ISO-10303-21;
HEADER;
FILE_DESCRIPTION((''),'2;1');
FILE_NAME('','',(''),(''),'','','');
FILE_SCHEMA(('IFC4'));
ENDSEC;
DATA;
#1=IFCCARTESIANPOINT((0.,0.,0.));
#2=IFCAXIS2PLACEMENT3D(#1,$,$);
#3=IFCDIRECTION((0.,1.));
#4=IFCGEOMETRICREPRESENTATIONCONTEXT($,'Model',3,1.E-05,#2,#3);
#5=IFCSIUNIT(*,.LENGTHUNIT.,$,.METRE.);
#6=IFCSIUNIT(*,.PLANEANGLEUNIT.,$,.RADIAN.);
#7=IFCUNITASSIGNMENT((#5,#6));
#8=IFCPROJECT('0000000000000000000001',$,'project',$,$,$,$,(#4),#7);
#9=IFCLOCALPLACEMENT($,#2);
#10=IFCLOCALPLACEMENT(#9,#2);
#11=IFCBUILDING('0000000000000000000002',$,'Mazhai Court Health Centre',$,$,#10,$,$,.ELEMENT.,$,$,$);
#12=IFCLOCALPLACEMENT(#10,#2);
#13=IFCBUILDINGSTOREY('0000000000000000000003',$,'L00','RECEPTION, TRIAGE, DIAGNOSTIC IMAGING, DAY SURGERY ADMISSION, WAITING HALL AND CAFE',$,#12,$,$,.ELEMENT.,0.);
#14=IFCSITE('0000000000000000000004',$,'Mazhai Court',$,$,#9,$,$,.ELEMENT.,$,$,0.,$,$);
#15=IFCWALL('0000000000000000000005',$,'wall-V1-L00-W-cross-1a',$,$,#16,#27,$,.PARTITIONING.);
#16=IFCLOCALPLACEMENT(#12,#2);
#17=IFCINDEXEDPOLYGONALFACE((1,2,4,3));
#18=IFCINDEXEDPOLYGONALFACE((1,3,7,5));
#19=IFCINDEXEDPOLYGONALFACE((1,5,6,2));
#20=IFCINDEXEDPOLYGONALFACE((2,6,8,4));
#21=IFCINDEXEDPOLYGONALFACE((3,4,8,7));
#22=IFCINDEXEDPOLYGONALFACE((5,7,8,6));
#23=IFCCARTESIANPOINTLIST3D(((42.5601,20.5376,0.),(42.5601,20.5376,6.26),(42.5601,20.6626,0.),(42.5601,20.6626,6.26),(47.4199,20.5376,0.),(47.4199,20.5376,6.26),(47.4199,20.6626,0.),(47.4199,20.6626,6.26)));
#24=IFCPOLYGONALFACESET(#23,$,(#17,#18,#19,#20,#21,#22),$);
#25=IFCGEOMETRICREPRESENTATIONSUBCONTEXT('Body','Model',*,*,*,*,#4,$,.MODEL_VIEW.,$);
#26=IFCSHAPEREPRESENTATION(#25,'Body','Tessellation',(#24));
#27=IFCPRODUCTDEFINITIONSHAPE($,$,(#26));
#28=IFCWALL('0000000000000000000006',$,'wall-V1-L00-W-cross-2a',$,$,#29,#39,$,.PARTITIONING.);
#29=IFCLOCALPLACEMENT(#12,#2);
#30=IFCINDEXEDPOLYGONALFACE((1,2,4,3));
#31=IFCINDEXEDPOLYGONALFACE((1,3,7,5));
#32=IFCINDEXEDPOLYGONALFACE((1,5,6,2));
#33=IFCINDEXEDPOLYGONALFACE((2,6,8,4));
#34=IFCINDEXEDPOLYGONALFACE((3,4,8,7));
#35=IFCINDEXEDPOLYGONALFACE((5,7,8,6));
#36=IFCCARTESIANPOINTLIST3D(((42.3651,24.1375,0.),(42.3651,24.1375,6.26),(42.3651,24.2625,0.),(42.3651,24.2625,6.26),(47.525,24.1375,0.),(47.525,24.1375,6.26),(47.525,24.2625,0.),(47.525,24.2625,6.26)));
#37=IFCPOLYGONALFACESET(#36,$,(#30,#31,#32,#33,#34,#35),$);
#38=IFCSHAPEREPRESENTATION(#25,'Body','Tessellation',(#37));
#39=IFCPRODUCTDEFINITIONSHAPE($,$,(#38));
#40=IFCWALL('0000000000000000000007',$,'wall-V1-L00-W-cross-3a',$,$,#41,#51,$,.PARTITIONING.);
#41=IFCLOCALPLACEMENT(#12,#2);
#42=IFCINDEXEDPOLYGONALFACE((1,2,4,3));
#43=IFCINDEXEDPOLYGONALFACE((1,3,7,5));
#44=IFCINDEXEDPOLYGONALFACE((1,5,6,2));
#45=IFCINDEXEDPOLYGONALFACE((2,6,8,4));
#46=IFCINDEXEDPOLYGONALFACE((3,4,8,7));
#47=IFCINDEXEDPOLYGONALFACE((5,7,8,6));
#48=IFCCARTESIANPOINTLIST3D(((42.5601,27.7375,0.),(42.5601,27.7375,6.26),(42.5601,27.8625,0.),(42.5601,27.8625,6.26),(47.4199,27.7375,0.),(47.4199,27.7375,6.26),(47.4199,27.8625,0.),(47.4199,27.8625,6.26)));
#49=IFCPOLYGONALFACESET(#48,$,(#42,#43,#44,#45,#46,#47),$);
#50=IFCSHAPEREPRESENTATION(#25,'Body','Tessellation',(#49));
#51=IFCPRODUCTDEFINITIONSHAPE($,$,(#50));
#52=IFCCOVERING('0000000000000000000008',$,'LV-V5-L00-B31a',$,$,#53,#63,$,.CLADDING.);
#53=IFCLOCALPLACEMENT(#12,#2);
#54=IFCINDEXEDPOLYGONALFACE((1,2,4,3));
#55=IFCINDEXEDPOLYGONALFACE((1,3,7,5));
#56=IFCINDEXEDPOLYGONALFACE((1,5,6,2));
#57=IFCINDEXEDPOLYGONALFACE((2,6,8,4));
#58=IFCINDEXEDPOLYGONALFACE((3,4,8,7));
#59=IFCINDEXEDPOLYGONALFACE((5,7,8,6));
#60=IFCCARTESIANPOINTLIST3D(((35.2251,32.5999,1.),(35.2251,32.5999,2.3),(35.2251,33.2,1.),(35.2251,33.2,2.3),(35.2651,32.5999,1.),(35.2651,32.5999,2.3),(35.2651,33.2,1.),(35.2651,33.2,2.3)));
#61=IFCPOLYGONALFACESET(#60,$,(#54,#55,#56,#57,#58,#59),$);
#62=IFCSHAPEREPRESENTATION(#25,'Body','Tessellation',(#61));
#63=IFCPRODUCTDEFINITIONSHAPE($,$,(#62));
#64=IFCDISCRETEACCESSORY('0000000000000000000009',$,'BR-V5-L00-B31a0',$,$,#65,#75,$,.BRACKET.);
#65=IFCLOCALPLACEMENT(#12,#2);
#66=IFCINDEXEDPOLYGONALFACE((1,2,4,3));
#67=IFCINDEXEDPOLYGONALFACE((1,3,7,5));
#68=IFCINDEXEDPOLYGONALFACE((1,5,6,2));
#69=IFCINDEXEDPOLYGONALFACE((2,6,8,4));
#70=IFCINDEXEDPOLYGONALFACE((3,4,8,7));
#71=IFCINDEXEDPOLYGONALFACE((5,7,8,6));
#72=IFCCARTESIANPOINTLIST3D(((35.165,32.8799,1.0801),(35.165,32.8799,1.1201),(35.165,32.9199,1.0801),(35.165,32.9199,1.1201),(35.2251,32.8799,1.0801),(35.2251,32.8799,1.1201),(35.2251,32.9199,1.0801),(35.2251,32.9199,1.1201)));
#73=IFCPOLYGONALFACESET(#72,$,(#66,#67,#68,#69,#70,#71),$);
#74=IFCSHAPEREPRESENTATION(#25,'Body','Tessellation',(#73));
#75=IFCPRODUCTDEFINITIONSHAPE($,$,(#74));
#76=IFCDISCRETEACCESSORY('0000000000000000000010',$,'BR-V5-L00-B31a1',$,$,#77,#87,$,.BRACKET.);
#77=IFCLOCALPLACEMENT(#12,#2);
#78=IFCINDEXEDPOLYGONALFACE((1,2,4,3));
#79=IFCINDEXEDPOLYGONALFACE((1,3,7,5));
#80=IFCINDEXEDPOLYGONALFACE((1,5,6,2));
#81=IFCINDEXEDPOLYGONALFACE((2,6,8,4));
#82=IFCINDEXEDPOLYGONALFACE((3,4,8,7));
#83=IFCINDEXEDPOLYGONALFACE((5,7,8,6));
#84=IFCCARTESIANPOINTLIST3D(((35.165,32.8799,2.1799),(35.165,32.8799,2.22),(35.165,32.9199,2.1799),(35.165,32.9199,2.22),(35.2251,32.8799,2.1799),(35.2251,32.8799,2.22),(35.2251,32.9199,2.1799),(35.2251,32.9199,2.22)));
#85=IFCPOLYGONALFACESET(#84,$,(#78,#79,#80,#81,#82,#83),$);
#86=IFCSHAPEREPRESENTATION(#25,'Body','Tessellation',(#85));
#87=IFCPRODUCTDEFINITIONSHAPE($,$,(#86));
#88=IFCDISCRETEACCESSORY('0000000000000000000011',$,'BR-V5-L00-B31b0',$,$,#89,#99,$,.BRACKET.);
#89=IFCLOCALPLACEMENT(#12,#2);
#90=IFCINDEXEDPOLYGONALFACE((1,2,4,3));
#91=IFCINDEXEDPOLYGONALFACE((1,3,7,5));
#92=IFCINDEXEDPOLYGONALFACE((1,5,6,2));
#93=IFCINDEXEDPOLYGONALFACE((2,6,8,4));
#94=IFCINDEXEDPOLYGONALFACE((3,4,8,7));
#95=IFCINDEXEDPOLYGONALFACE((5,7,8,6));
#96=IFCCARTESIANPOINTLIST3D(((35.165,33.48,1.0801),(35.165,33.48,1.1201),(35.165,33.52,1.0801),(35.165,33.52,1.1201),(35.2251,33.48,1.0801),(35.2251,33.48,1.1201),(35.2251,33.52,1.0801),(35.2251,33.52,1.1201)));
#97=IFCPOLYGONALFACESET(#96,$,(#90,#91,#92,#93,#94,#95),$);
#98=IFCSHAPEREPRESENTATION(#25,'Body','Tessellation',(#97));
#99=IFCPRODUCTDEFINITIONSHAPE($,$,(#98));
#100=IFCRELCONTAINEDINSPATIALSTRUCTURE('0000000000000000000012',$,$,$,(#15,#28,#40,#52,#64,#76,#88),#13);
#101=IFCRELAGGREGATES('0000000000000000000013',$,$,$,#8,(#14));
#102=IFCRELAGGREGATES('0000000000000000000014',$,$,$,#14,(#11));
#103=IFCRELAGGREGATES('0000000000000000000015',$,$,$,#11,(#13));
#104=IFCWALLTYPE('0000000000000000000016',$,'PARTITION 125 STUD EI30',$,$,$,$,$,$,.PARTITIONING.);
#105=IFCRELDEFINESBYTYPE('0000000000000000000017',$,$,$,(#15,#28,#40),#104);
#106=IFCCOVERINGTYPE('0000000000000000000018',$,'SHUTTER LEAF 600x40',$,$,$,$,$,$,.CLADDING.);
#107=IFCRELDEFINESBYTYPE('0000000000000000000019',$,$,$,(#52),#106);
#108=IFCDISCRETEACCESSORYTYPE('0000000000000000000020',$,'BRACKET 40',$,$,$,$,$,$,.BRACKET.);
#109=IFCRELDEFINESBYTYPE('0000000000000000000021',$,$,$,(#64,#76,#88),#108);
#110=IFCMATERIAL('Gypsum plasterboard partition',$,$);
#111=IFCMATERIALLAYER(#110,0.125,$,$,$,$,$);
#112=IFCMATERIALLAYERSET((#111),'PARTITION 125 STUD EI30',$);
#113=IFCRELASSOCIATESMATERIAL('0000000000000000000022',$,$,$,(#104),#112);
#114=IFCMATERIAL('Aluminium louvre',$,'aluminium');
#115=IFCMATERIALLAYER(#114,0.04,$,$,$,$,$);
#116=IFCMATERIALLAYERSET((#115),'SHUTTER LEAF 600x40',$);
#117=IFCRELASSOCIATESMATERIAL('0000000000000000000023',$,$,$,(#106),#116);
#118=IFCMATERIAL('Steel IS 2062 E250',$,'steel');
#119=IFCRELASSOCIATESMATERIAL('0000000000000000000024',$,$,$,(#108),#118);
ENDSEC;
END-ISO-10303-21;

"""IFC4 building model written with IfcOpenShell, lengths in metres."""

from ifc_helpers import new_model, si_unit, direction, frame, frame_2d, origin, origin_2d, place, context, subcontext, project, spatial, rectangle, extrude, material, layer, layer_set, type_object, element, save


model = new_model("IFC4")

# Units and contexts
model_context = context("Model", 3, precision=1e-05, world=origin(), true_north=direction((0.0, 1.0)))
body_context = subcontext(model_context, "Body", "Model", "MODEL_VIEW")
ifc_project = project(units=[si_unit("LENGTHUNIT", "METRE"), si_unit("PLANEANGLEUNIT", "RADIAN")], contexts=[model_context])

# Site, building, storey
site_placement = place(None, origin())
site = spatial("IfcSite", under=ifc_project, at=site_placement, Name="Mazhai Court", CompositionType="ELEMENT", RefElevation=0.0)
building_placement = place(site_placement, origin())
building = spatial("IfcBuilding", under=site, at=building_placement, Name="Mazhai Court Health Centre", CompositionType="ELEMENT")
storey_placement = place(building_placement, origin())
storey = spatial("IfcBuildingStorey", under=building, at=storey_placement, Name="L00", Description="RECEPTION, TRIAGE, DIAGNOSTIC IMAGING, DAY SURGERY ADMISSION, WAITING HALL AND CAFE", CompositionType="ELEMENT", Elevation=0.0)

# Walls
ifc_material_1 = material(Name="Gypsum plasterboard partition")
ifc_layer_1 = layer(ifc_material_1, 0.125)
ifc_layer_set_1 = layer_set([ifc_layer_1], Name="PARTITION 125 STUD EI30")
wall_type_1 = type_object("IfcWallType", Name="PARTITION 125 STUD EI30", PredefinedType="PARTITIONING", material=ifc_layer_set_1)
wall_1_placement = place(storey_placement, frame((42.5601, 20.6001, 0.0), z_axis=(0.0, 0.0, 1.0), x_axis=(1.0, 0.0, 0.0)))
element("IfcWall", 1, at=wall_1_placement, inside=storey, type_object=wall_type_1, Name="wall-V1-L00-W-cross-1a", PredefinedType="PARTITIONING", context=body_context, shape_type="SweptSolid", body=[
    extrude(rectangle(XDim=4.8599, YDim=0.125, at=frame_2d((2.4299, 0.0))), origin(), (0.0, 0.0, 1.0), 6.26),
])
wall_2_placement = place(storey_placement, frame((42.365, 24.2, 0.0), z_axis=(0.0, 0.0, 1.0), x_axis=(1.0, 0.0, 0.0)))
element("IfcWall", 2, at=wall_2_placement, inside=storey, type_object=wall_type_1, Name="wall-V1-L00-W-cross-2a", PredefinedType="PARTITIONING", context=body_context, shape_type="SweptSolid", body=[
    extrude(rectangle(XDim=5.1599, YDim=0.125, at=frame_2d((2.5801, 0.0))), origin(), (0.0, 0.0, 1.0), 6.26),
])
wall_3_placement = place(storey_placement, frame((42.5601, 27.8, 0.0), z_axis=(0.0, 0.0, 1.0), x_axis=(1.0, 0.0, 0.0)))
element("IfcWall", 3, at=wall_3_placement, inside=storey, type_object=wall_type_1, Name="wall-V1-L00-W-cross-3a", PredefinedType="PARTITIONING", context=body_context, shape_type="SweptSolid", body=[
    extrude(rectangle(XDim=4.8599, YDim=0.125, at=frame_2d((2.4299, 0.0))), origin(), (0.0, 0.0, 1.0), 6.26),
])

# Covering
ifc_material_2 = material(Name="Aluminium louvre", Category="aluminium")
ifc_layer_2 = layer(ifc_material_2, 0.04)
ifc_layer_set_2 = layer_set([ifc_layer_2], Name="SHUTTER LEAF 600x40")
covering_type = type_object("IfcCoveringType", Name="SHUTTER LEAF 600x40", PredefinedType="CLADDING", material=ifc_layer_set_2)
covering_placement = place(storey_placement, frame((35.2451, 32.8999, 1.0), z_axis=(0.0, 0.0, 1.0), x_axis=(0.0, 1.0, 0.0)))
element("IfcCovering", 4, at=covering_placement, inside=storey, type_object=covering_type, Name="LV-V5-L00-B31a", PredefinedType="CLADDING", context=body_context, shape_type="SweptSolid", body=[
    extrude(rectangle(XDim=0.6001, YDim=0.04, at=origin_2d()), origin(), (0.0, 0.0, 1.0), 1.3),
])

# Discrete accessories
ifc_material_3 = material(Name="Steel IS 2062 E250", Category="steel")
discrete_accessory_type = type_object("IfcDiscreteAccessoryType", Name="BRACKET 40", PredefinedType="BRACKET", material=ifc_material_3)
for number, where, z_axis, x_axis, name in (
    (5, (35.1951, 32.8999, 1.0801), (0.0, 0.0, 1.0), (0.0, 1.0, 0.0), "BR-V5-L00-B31a0"),
    (6, (35.1951, 32.8999, 2.1799), (0.0, 0.0, 1.0), (0.0, 1.0, 0.0), "BR-V5-L00-B31a1"),
    (7, (35.1951, 33.5, 1.0801), (0.0, 0.0, 1.0), (0.0, 1.0, 0.0), "BR-V5-L00-B31b0"),
):
    element("IfcDiscreteAccessory", number, at=place(storey_placement, frame(where, z_axis=z_axis, x_axis=x_axis)), inside=storey, type_object=discrete_accessory_type, Name=name, PredefinedType="BRACKET", context=body_context, shape_type="SweptSolid", body=[
        extrude(rectangle(XDim=0.04, YDim=0.0601, at=origin_2d()), origin(), (0.0, 0.0, 1.0), 0.04),
    ])

save(model, "model.ifc")
